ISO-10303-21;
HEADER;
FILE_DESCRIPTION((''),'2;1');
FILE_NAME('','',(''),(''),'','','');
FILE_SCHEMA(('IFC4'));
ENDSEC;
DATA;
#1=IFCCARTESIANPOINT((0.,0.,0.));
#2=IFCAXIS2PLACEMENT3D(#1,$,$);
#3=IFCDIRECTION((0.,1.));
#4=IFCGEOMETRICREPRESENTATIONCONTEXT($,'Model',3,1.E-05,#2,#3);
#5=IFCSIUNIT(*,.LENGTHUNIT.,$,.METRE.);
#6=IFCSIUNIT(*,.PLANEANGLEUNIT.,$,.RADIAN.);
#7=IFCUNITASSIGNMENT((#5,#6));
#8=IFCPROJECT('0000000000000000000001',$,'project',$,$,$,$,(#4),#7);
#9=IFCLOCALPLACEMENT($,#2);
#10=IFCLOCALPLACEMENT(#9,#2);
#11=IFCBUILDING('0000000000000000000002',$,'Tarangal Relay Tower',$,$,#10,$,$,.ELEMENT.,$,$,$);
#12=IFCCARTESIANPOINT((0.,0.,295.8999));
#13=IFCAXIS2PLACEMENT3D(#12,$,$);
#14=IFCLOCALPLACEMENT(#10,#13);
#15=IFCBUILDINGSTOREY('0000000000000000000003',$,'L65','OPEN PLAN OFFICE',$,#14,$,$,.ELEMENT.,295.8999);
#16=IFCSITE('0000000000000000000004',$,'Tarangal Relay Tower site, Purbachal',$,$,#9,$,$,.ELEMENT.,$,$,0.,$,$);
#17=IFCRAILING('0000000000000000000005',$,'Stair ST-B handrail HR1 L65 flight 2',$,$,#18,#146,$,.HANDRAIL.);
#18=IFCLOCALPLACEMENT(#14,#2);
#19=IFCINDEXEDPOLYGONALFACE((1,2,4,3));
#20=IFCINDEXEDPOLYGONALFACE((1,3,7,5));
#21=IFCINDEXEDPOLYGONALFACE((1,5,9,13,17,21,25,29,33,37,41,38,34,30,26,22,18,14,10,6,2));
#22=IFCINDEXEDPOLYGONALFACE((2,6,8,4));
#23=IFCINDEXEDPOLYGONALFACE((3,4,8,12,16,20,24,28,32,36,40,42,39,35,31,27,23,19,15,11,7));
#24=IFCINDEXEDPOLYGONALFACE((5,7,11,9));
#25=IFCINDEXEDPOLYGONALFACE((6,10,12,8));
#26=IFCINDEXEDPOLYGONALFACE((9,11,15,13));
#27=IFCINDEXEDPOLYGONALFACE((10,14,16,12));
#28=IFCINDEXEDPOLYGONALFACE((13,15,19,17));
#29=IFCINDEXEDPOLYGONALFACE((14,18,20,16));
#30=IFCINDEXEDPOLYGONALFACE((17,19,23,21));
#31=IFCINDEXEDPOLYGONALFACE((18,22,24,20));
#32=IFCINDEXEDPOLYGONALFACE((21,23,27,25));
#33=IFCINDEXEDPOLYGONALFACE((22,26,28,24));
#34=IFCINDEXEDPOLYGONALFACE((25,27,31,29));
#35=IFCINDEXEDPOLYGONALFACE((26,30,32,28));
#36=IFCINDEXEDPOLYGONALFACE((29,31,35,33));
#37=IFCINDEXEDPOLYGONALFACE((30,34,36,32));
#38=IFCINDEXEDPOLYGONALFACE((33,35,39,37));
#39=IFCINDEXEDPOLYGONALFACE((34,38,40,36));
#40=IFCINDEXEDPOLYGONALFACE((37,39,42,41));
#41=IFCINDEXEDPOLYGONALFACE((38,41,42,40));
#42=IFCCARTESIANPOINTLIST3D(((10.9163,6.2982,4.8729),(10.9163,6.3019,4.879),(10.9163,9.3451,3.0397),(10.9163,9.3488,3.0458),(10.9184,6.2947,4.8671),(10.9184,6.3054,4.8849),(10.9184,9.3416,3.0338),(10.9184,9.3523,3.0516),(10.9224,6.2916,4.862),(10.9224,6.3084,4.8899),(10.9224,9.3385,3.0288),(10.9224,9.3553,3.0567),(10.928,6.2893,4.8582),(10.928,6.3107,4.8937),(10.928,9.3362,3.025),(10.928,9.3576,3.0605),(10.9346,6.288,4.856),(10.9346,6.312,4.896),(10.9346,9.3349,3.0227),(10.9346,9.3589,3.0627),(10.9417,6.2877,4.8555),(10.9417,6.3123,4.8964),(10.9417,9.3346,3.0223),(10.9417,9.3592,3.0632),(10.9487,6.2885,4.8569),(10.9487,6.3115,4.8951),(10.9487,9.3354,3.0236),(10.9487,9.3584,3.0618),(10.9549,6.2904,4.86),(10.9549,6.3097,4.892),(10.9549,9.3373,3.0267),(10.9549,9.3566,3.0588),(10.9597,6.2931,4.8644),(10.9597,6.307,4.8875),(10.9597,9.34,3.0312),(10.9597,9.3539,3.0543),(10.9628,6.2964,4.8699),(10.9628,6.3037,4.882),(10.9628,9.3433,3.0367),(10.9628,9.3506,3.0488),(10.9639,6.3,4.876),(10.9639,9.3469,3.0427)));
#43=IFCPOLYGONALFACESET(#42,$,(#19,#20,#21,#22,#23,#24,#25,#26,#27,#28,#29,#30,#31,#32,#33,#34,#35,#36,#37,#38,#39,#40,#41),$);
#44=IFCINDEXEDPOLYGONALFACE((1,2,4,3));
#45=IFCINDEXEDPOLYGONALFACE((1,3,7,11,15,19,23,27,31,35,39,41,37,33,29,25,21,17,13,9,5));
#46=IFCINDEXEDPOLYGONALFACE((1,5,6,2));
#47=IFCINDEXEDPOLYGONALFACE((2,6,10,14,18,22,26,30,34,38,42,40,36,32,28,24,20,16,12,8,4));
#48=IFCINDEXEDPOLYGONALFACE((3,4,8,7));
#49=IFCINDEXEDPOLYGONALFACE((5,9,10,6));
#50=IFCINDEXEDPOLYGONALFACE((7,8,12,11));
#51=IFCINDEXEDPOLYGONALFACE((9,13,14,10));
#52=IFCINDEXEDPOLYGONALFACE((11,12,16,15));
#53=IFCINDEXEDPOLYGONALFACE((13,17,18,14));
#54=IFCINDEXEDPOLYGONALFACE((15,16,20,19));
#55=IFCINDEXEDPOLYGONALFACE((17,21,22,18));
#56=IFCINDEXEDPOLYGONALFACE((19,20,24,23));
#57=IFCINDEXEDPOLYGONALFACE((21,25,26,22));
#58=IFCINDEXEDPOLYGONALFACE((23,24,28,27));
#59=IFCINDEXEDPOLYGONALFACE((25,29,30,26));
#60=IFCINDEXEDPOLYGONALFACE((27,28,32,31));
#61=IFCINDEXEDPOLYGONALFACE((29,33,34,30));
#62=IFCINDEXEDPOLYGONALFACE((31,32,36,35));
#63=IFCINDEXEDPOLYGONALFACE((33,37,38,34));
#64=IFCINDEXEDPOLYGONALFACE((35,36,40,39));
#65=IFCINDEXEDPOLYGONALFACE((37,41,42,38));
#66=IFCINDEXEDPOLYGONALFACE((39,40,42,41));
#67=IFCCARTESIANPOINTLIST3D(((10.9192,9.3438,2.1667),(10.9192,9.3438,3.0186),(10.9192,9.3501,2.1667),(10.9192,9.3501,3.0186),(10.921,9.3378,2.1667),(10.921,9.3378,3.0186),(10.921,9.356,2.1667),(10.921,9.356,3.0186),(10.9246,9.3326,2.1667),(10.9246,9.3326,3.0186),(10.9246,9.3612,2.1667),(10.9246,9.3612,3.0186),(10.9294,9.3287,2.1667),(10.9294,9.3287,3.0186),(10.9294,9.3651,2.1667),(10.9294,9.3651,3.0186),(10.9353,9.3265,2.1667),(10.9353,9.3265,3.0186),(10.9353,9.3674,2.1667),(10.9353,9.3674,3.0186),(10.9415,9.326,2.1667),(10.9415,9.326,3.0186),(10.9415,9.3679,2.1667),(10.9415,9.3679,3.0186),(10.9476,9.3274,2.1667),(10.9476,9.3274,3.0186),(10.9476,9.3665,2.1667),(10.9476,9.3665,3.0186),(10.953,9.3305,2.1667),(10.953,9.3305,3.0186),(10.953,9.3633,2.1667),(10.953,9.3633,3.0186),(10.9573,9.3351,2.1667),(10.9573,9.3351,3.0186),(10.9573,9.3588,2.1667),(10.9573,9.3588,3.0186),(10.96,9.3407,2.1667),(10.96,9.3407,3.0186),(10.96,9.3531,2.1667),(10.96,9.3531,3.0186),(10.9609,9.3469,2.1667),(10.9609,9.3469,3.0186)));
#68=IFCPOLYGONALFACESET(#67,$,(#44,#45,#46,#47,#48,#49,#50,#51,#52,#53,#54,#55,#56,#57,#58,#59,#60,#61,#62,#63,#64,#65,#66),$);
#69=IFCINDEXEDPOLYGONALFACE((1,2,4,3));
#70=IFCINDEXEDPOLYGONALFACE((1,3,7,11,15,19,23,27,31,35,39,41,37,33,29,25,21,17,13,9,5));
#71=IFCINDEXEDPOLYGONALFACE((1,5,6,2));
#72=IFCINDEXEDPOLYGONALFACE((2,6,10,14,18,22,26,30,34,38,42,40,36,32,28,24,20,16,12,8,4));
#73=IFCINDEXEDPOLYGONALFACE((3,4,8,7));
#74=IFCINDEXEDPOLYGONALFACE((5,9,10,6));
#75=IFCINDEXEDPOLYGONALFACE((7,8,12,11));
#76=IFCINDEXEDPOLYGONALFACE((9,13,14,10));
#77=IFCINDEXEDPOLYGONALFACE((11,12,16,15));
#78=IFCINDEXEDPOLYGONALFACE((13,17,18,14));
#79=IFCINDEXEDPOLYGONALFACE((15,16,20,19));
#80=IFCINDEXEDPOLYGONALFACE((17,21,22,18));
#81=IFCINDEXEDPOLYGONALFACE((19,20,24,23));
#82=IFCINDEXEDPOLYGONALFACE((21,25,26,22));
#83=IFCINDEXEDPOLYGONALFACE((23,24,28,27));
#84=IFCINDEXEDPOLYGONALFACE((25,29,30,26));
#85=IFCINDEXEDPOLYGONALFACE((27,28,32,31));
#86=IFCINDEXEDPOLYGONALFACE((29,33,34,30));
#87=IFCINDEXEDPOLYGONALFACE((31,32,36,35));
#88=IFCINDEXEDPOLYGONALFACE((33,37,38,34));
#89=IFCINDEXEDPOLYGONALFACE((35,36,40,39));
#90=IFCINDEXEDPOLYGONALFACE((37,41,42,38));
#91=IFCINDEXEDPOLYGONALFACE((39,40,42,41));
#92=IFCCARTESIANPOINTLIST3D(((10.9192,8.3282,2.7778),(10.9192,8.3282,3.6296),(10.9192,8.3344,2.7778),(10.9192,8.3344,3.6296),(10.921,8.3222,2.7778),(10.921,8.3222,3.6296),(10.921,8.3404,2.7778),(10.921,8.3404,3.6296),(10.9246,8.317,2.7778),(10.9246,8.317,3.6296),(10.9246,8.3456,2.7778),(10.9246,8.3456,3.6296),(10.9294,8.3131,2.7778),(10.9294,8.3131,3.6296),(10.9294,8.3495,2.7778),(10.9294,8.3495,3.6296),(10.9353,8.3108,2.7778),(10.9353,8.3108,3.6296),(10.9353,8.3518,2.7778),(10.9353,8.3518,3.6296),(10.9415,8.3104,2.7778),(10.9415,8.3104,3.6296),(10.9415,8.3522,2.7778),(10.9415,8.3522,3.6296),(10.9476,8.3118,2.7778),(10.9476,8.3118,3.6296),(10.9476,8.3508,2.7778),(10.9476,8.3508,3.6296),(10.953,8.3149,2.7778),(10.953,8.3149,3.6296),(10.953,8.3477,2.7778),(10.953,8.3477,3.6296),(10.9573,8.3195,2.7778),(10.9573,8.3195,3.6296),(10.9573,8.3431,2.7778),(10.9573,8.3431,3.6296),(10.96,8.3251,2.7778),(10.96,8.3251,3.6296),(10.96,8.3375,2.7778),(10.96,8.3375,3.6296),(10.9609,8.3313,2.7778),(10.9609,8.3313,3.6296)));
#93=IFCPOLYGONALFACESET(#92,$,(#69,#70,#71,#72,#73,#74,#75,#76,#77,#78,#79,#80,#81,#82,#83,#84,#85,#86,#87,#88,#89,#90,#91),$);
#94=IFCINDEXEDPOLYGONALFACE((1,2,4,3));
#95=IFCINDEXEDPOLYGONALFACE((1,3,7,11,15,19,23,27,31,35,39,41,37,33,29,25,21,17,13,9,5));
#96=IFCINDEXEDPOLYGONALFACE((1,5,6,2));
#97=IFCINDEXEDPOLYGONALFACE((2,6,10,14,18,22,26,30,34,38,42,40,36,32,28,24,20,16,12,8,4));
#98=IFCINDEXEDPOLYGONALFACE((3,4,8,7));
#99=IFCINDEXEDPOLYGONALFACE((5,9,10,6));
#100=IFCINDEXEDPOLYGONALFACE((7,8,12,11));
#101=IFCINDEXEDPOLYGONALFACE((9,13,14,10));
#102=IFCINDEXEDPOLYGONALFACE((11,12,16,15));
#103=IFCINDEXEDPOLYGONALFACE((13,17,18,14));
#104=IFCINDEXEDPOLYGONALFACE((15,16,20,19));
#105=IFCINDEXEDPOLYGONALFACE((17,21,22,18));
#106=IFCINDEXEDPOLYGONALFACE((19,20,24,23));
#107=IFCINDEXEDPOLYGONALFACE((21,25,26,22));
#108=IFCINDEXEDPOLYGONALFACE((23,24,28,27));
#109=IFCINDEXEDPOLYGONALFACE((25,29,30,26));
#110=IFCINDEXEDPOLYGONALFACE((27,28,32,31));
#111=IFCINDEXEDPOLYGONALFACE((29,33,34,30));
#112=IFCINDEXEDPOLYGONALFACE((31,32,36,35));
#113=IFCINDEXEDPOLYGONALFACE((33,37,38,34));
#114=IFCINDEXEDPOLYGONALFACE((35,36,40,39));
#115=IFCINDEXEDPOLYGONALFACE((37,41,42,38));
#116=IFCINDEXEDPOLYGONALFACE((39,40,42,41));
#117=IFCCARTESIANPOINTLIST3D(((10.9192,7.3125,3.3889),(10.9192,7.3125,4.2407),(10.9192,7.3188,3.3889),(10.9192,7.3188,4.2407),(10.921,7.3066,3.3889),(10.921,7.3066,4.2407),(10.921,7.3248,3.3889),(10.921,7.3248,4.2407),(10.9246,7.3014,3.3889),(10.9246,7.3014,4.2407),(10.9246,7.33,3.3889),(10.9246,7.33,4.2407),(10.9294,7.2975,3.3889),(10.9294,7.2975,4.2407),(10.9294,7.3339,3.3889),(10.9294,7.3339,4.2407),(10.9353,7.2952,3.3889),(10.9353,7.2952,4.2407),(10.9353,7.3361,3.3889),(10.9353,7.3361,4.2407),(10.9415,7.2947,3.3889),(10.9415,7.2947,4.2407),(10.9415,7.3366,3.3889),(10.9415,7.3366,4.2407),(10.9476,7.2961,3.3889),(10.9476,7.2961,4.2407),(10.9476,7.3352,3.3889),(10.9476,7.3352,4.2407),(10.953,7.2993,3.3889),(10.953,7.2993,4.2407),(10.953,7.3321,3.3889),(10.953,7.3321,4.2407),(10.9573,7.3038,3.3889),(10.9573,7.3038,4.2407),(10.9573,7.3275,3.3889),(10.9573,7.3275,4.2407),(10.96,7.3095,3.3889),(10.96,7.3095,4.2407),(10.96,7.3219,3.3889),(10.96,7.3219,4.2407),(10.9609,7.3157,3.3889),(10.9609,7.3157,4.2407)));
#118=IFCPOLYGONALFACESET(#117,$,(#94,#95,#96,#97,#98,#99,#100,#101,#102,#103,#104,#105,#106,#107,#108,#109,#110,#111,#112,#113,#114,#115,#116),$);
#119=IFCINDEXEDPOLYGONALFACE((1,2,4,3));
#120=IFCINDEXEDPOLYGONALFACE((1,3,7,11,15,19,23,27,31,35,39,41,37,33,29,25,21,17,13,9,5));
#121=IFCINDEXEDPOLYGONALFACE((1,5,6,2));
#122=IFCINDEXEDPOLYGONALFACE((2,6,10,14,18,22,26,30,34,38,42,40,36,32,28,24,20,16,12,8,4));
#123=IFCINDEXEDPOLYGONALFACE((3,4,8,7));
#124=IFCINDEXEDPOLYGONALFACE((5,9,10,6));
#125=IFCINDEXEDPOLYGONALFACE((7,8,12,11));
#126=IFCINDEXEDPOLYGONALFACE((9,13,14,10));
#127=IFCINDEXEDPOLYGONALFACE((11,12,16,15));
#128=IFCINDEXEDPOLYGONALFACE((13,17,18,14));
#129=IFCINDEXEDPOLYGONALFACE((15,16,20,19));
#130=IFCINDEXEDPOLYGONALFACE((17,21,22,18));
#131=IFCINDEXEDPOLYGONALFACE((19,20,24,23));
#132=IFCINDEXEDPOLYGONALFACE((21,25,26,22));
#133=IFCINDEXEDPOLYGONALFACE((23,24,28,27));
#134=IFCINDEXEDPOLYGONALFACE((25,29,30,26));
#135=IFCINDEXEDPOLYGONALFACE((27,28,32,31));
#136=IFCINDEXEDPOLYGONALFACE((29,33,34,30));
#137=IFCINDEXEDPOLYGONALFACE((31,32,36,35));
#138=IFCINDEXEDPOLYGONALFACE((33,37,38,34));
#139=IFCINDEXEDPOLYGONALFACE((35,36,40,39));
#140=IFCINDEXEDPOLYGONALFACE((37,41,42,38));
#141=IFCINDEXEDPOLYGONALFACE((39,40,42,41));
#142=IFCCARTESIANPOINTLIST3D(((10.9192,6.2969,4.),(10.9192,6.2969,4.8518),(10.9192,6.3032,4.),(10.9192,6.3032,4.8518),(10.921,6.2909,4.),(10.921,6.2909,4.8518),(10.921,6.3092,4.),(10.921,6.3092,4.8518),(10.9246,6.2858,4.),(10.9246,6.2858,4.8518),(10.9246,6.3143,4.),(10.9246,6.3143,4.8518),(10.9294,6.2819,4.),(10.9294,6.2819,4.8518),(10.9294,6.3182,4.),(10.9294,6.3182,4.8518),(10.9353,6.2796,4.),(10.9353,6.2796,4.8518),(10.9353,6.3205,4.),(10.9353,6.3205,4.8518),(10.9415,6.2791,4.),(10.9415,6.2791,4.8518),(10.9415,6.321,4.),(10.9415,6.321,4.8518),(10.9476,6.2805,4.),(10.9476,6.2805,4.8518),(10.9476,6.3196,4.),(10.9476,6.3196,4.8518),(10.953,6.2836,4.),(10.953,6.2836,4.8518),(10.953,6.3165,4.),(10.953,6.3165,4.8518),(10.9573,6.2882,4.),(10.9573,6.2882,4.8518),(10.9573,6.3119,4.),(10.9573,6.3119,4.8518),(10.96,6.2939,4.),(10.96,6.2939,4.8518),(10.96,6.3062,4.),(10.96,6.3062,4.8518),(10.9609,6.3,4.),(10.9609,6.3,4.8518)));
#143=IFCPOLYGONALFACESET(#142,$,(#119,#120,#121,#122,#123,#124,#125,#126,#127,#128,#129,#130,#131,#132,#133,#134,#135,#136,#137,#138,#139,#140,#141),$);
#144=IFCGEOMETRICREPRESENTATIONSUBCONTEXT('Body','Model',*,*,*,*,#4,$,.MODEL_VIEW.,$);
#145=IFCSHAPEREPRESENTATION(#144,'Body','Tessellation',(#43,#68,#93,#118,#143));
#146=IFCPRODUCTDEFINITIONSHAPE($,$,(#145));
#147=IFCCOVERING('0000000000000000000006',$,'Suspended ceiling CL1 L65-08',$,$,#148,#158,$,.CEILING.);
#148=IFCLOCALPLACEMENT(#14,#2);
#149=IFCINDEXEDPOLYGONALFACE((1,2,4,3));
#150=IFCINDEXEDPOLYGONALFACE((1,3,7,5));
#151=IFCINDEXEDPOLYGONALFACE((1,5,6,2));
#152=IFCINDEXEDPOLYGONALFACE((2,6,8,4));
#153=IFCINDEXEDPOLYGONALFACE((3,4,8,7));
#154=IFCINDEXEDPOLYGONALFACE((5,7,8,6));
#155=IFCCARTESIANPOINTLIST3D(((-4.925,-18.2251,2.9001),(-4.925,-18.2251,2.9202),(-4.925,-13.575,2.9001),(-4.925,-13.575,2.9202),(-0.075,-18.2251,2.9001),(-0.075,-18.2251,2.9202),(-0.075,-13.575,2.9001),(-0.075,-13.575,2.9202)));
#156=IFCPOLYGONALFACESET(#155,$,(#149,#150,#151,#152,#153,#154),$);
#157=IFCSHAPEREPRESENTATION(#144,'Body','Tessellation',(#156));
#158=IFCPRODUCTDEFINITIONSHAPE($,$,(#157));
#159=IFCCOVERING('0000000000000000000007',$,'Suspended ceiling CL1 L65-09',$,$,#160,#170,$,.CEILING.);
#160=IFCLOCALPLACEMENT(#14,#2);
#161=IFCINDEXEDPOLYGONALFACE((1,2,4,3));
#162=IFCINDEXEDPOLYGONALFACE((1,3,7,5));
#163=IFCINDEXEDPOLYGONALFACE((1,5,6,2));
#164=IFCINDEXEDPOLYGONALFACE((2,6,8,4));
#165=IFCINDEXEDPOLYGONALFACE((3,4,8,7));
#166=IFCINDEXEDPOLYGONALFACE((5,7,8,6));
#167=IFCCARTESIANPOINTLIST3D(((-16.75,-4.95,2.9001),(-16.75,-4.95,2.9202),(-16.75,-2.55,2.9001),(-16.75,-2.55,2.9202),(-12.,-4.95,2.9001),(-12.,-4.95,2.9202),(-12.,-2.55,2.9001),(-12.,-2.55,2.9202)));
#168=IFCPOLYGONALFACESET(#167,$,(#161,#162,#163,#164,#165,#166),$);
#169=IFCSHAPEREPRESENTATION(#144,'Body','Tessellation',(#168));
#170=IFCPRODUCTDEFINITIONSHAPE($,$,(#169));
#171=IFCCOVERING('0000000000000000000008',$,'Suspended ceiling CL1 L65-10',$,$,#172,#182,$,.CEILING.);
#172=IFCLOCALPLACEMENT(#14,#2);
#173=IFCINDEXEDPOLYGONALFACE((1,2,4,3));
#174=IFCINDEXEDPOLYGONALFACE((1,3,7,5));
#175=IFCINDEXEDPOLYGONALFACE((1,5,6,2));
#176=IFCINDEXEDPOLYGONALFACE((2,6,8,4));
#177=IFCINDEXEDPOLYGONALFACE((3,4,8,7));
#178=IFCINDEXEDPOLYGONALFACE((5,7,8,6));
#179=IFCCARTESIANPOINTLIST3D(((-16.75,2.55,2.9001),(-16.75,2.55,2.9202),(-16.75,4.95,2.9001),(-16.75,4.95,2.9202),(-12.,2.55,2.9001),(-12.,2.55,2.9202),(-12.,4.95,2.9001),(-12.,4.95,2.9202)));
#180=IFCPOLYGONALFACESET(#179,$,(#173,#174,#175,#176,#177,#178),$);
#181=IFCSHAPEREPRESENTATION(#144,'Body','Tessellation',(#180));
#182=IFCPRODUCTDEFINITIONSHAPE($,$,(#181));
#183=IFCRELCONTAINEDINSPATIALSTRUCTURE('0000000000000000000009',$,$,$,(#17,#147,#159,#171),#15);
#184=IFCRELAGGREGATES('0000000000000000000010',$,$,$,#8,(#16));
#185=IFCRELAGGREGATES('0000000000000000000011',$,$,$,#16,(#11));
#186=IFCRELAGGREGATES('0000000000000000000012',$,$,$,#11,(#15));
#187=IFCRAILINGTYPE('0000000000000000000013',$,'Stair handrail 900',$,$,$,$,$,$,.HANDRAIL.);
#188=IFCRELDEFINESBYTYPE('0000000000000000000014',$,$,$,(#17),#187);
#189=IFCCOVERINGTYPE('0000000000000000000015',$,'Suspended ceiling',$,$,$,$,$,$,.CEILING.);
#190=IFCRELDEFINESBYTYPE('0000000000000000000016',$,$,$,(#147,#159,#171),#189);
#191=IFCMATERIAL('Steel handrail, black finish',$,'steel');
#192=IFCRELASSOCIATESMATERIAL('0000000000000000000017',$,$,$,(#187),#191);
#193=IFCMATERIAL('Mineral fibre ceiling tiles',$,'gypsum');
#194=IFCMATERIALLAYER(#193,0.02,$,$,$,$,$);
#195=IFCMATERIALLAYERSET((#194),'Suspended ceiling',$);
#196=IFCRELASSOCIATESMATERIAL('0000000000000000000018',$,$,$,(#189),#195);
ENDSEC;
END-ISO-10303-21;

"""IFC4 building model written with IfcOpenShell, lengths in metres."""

from ifc_helpers import new_model, si_unit, direction, frame, origin, origin_2d, place, context, subcontext, project, spatial, polyline, circle, outline, extrude, material, layer, layer_set, type_object, element, save


model = new_model("IFC4")

# Units and contexts
model_context = context("Model", 3, precision=1e-05, world=origin(), true_north=direction((0.0, 1.0)))
body_context = subcontext(model_context, "Body", "Model", "MODEL_VIEW")
ifc_project = project(units=[si_unit("LENGTHUNIT", "METRE"), si_unit("PLANEANGLEUNIT", "RADIAN")], contexts=[model_context])

# Site, building, storey
site_placement = place(None, origin())
site = spatial("IfcSite", under=ifc_project, at=site_placement, Name="Tarangal Relay Tower site, Purbachal", CompositionType="ELEMENT", RefElevation=0.0)
building_placement = place(site_placement, origin())
building = spatial("IfcBuilding", under=site, at=building_placement, Name="Tarangal Relay Tower", CompositionType="ELEMENT")
storey_placement = place(building_placement, frame((0.0, 0.0, 295.8999)))
storey = spatial("IfcBuildingStorey", under=building, at=storey_placement, Name="L65", Description="OPEN PLAN OFFICE", CompositionType="ELEMENT", Elevation=295.8999)

# Railing
ifc_material_1 = material(Name="Steel handrail, black finish", Category="steel")
railing_type_1 = type_object("IfcRailingType", Name="Stair handrail 900", PredefinedType="HANDRAIL", material=ifc_material_1)
railing_1_placement = place(storey_placement, frame((10.9399, 9.3469, 2.1667)))
element("IfcRailing", 1, at=railing_1_placement, inside=storey, type_object=railing_type_1, Name="Stair ST-B handrail HR1 L65 flight 2", PredefinedType="HANDRAIL", context=body_context, shape_type="SweptSolid", body=[
    extrude(circle(Radius=0.0239, at=origin_2d()), frame((0.0, 0.0, 0.876), z_axis=(0.0, -0.856856, 0.515556), x_axis=(1.0, 0.0, 0.0)), (0.0, 0.0, 1.0), 3.5559),
    extrude(circle(Radius=0.021, at=origin_2d()), origin(), (0.0, 0.0, 1.0), 0.8518),
    extrude(circle(Radius=0.021, at=origin_2d()), frame((0.0, -1.0156, 0.6111)), (0.0, 0.0, 1.0), 0.8518),
    extrude(circle(Radius=0.021, at=origin_2d()), frame((0.0, -2.0312, 1.2222)), (0.0, 0.0, 1.0), 0.8518),
    extrude(circle(Radius=0.021, at=origin_2d()), frame((0.0, -3.0469, 1.8333)), (0.0, 0.0, 1.0), 0.8518),
])

# Coverings
ifc_material_2 = material(Name="Mineral fibre ceiling tiles", Category="gypsum")
ifc_layer_1 = layer(ifc_material_2, 0.02)
ifc_layer_set_1 = layer_set([ifc_layer_1], Name="Suspended ceiling")
covering_type = type_object("IfcCoveringType", Name="Suspended ceiling", PredefinedType="CEILING", material=ifc_layer_set_1)
covering_1_placement = place(storey_placement, frame((0.0, 0.0, 2.9001)))
element("IfcCovering", 2, at=covering_1_placement, inside=storey, type_object=covering_type, Name="Suspended ceiling CL1 L65-08", PredefinedType="CEILING", context=body_context, shape_type="SweptSolid", body=[
    extrude(outline(polyline([(-0.075, -13.575), (-4.925, -13.575), (-4.925, -18.2251), (-0.075, -18.2251), (-0.075, -13.575)])), origin(), (0.0, 0.0, 1.0), 0.02),
])
covering_2_placement = place(storey_placement, frame((0.0, 0.0, 2.9001)))
element("IfcCovering", 3, at=covering_2_placement, inside=storey, type_object=covering_type, Name="Suspended ceiling CL1 L65-09", PredefinedType="CEILING", context=body_context, shape_type="SweptSolid", body=[
    extrude(outline(polyline([(-12.0, -2.55), (-16.75, -2.55), (-16.75, -4.95), (-12.0, -4.95), (-12.0, -2.55)])), origin(), (0.0, 0.0, 1.0), 0.02),
])
covering_3_placement = place(storey_placement, frame((0.0, 0.0, 2.9001)))
element("IfcCovering", 4, at=covering_3_placement, inside=storey, type_object=covering_type, Name="Suspended ceiling CL1 L65-10", PredefinedType="CEILING", context=body_context, shape_type="SweptSolid", body=[
    extrude(outline(polyline([(-12.0, 4.95), (-16.75, 4.95), (-16.75, 2.55), (-12.0, 2.55), (-12.0, 4.95)])), origin(), (0.0, 0.0, 1.0), 0.02),
])

save(model, "model.ifc")
